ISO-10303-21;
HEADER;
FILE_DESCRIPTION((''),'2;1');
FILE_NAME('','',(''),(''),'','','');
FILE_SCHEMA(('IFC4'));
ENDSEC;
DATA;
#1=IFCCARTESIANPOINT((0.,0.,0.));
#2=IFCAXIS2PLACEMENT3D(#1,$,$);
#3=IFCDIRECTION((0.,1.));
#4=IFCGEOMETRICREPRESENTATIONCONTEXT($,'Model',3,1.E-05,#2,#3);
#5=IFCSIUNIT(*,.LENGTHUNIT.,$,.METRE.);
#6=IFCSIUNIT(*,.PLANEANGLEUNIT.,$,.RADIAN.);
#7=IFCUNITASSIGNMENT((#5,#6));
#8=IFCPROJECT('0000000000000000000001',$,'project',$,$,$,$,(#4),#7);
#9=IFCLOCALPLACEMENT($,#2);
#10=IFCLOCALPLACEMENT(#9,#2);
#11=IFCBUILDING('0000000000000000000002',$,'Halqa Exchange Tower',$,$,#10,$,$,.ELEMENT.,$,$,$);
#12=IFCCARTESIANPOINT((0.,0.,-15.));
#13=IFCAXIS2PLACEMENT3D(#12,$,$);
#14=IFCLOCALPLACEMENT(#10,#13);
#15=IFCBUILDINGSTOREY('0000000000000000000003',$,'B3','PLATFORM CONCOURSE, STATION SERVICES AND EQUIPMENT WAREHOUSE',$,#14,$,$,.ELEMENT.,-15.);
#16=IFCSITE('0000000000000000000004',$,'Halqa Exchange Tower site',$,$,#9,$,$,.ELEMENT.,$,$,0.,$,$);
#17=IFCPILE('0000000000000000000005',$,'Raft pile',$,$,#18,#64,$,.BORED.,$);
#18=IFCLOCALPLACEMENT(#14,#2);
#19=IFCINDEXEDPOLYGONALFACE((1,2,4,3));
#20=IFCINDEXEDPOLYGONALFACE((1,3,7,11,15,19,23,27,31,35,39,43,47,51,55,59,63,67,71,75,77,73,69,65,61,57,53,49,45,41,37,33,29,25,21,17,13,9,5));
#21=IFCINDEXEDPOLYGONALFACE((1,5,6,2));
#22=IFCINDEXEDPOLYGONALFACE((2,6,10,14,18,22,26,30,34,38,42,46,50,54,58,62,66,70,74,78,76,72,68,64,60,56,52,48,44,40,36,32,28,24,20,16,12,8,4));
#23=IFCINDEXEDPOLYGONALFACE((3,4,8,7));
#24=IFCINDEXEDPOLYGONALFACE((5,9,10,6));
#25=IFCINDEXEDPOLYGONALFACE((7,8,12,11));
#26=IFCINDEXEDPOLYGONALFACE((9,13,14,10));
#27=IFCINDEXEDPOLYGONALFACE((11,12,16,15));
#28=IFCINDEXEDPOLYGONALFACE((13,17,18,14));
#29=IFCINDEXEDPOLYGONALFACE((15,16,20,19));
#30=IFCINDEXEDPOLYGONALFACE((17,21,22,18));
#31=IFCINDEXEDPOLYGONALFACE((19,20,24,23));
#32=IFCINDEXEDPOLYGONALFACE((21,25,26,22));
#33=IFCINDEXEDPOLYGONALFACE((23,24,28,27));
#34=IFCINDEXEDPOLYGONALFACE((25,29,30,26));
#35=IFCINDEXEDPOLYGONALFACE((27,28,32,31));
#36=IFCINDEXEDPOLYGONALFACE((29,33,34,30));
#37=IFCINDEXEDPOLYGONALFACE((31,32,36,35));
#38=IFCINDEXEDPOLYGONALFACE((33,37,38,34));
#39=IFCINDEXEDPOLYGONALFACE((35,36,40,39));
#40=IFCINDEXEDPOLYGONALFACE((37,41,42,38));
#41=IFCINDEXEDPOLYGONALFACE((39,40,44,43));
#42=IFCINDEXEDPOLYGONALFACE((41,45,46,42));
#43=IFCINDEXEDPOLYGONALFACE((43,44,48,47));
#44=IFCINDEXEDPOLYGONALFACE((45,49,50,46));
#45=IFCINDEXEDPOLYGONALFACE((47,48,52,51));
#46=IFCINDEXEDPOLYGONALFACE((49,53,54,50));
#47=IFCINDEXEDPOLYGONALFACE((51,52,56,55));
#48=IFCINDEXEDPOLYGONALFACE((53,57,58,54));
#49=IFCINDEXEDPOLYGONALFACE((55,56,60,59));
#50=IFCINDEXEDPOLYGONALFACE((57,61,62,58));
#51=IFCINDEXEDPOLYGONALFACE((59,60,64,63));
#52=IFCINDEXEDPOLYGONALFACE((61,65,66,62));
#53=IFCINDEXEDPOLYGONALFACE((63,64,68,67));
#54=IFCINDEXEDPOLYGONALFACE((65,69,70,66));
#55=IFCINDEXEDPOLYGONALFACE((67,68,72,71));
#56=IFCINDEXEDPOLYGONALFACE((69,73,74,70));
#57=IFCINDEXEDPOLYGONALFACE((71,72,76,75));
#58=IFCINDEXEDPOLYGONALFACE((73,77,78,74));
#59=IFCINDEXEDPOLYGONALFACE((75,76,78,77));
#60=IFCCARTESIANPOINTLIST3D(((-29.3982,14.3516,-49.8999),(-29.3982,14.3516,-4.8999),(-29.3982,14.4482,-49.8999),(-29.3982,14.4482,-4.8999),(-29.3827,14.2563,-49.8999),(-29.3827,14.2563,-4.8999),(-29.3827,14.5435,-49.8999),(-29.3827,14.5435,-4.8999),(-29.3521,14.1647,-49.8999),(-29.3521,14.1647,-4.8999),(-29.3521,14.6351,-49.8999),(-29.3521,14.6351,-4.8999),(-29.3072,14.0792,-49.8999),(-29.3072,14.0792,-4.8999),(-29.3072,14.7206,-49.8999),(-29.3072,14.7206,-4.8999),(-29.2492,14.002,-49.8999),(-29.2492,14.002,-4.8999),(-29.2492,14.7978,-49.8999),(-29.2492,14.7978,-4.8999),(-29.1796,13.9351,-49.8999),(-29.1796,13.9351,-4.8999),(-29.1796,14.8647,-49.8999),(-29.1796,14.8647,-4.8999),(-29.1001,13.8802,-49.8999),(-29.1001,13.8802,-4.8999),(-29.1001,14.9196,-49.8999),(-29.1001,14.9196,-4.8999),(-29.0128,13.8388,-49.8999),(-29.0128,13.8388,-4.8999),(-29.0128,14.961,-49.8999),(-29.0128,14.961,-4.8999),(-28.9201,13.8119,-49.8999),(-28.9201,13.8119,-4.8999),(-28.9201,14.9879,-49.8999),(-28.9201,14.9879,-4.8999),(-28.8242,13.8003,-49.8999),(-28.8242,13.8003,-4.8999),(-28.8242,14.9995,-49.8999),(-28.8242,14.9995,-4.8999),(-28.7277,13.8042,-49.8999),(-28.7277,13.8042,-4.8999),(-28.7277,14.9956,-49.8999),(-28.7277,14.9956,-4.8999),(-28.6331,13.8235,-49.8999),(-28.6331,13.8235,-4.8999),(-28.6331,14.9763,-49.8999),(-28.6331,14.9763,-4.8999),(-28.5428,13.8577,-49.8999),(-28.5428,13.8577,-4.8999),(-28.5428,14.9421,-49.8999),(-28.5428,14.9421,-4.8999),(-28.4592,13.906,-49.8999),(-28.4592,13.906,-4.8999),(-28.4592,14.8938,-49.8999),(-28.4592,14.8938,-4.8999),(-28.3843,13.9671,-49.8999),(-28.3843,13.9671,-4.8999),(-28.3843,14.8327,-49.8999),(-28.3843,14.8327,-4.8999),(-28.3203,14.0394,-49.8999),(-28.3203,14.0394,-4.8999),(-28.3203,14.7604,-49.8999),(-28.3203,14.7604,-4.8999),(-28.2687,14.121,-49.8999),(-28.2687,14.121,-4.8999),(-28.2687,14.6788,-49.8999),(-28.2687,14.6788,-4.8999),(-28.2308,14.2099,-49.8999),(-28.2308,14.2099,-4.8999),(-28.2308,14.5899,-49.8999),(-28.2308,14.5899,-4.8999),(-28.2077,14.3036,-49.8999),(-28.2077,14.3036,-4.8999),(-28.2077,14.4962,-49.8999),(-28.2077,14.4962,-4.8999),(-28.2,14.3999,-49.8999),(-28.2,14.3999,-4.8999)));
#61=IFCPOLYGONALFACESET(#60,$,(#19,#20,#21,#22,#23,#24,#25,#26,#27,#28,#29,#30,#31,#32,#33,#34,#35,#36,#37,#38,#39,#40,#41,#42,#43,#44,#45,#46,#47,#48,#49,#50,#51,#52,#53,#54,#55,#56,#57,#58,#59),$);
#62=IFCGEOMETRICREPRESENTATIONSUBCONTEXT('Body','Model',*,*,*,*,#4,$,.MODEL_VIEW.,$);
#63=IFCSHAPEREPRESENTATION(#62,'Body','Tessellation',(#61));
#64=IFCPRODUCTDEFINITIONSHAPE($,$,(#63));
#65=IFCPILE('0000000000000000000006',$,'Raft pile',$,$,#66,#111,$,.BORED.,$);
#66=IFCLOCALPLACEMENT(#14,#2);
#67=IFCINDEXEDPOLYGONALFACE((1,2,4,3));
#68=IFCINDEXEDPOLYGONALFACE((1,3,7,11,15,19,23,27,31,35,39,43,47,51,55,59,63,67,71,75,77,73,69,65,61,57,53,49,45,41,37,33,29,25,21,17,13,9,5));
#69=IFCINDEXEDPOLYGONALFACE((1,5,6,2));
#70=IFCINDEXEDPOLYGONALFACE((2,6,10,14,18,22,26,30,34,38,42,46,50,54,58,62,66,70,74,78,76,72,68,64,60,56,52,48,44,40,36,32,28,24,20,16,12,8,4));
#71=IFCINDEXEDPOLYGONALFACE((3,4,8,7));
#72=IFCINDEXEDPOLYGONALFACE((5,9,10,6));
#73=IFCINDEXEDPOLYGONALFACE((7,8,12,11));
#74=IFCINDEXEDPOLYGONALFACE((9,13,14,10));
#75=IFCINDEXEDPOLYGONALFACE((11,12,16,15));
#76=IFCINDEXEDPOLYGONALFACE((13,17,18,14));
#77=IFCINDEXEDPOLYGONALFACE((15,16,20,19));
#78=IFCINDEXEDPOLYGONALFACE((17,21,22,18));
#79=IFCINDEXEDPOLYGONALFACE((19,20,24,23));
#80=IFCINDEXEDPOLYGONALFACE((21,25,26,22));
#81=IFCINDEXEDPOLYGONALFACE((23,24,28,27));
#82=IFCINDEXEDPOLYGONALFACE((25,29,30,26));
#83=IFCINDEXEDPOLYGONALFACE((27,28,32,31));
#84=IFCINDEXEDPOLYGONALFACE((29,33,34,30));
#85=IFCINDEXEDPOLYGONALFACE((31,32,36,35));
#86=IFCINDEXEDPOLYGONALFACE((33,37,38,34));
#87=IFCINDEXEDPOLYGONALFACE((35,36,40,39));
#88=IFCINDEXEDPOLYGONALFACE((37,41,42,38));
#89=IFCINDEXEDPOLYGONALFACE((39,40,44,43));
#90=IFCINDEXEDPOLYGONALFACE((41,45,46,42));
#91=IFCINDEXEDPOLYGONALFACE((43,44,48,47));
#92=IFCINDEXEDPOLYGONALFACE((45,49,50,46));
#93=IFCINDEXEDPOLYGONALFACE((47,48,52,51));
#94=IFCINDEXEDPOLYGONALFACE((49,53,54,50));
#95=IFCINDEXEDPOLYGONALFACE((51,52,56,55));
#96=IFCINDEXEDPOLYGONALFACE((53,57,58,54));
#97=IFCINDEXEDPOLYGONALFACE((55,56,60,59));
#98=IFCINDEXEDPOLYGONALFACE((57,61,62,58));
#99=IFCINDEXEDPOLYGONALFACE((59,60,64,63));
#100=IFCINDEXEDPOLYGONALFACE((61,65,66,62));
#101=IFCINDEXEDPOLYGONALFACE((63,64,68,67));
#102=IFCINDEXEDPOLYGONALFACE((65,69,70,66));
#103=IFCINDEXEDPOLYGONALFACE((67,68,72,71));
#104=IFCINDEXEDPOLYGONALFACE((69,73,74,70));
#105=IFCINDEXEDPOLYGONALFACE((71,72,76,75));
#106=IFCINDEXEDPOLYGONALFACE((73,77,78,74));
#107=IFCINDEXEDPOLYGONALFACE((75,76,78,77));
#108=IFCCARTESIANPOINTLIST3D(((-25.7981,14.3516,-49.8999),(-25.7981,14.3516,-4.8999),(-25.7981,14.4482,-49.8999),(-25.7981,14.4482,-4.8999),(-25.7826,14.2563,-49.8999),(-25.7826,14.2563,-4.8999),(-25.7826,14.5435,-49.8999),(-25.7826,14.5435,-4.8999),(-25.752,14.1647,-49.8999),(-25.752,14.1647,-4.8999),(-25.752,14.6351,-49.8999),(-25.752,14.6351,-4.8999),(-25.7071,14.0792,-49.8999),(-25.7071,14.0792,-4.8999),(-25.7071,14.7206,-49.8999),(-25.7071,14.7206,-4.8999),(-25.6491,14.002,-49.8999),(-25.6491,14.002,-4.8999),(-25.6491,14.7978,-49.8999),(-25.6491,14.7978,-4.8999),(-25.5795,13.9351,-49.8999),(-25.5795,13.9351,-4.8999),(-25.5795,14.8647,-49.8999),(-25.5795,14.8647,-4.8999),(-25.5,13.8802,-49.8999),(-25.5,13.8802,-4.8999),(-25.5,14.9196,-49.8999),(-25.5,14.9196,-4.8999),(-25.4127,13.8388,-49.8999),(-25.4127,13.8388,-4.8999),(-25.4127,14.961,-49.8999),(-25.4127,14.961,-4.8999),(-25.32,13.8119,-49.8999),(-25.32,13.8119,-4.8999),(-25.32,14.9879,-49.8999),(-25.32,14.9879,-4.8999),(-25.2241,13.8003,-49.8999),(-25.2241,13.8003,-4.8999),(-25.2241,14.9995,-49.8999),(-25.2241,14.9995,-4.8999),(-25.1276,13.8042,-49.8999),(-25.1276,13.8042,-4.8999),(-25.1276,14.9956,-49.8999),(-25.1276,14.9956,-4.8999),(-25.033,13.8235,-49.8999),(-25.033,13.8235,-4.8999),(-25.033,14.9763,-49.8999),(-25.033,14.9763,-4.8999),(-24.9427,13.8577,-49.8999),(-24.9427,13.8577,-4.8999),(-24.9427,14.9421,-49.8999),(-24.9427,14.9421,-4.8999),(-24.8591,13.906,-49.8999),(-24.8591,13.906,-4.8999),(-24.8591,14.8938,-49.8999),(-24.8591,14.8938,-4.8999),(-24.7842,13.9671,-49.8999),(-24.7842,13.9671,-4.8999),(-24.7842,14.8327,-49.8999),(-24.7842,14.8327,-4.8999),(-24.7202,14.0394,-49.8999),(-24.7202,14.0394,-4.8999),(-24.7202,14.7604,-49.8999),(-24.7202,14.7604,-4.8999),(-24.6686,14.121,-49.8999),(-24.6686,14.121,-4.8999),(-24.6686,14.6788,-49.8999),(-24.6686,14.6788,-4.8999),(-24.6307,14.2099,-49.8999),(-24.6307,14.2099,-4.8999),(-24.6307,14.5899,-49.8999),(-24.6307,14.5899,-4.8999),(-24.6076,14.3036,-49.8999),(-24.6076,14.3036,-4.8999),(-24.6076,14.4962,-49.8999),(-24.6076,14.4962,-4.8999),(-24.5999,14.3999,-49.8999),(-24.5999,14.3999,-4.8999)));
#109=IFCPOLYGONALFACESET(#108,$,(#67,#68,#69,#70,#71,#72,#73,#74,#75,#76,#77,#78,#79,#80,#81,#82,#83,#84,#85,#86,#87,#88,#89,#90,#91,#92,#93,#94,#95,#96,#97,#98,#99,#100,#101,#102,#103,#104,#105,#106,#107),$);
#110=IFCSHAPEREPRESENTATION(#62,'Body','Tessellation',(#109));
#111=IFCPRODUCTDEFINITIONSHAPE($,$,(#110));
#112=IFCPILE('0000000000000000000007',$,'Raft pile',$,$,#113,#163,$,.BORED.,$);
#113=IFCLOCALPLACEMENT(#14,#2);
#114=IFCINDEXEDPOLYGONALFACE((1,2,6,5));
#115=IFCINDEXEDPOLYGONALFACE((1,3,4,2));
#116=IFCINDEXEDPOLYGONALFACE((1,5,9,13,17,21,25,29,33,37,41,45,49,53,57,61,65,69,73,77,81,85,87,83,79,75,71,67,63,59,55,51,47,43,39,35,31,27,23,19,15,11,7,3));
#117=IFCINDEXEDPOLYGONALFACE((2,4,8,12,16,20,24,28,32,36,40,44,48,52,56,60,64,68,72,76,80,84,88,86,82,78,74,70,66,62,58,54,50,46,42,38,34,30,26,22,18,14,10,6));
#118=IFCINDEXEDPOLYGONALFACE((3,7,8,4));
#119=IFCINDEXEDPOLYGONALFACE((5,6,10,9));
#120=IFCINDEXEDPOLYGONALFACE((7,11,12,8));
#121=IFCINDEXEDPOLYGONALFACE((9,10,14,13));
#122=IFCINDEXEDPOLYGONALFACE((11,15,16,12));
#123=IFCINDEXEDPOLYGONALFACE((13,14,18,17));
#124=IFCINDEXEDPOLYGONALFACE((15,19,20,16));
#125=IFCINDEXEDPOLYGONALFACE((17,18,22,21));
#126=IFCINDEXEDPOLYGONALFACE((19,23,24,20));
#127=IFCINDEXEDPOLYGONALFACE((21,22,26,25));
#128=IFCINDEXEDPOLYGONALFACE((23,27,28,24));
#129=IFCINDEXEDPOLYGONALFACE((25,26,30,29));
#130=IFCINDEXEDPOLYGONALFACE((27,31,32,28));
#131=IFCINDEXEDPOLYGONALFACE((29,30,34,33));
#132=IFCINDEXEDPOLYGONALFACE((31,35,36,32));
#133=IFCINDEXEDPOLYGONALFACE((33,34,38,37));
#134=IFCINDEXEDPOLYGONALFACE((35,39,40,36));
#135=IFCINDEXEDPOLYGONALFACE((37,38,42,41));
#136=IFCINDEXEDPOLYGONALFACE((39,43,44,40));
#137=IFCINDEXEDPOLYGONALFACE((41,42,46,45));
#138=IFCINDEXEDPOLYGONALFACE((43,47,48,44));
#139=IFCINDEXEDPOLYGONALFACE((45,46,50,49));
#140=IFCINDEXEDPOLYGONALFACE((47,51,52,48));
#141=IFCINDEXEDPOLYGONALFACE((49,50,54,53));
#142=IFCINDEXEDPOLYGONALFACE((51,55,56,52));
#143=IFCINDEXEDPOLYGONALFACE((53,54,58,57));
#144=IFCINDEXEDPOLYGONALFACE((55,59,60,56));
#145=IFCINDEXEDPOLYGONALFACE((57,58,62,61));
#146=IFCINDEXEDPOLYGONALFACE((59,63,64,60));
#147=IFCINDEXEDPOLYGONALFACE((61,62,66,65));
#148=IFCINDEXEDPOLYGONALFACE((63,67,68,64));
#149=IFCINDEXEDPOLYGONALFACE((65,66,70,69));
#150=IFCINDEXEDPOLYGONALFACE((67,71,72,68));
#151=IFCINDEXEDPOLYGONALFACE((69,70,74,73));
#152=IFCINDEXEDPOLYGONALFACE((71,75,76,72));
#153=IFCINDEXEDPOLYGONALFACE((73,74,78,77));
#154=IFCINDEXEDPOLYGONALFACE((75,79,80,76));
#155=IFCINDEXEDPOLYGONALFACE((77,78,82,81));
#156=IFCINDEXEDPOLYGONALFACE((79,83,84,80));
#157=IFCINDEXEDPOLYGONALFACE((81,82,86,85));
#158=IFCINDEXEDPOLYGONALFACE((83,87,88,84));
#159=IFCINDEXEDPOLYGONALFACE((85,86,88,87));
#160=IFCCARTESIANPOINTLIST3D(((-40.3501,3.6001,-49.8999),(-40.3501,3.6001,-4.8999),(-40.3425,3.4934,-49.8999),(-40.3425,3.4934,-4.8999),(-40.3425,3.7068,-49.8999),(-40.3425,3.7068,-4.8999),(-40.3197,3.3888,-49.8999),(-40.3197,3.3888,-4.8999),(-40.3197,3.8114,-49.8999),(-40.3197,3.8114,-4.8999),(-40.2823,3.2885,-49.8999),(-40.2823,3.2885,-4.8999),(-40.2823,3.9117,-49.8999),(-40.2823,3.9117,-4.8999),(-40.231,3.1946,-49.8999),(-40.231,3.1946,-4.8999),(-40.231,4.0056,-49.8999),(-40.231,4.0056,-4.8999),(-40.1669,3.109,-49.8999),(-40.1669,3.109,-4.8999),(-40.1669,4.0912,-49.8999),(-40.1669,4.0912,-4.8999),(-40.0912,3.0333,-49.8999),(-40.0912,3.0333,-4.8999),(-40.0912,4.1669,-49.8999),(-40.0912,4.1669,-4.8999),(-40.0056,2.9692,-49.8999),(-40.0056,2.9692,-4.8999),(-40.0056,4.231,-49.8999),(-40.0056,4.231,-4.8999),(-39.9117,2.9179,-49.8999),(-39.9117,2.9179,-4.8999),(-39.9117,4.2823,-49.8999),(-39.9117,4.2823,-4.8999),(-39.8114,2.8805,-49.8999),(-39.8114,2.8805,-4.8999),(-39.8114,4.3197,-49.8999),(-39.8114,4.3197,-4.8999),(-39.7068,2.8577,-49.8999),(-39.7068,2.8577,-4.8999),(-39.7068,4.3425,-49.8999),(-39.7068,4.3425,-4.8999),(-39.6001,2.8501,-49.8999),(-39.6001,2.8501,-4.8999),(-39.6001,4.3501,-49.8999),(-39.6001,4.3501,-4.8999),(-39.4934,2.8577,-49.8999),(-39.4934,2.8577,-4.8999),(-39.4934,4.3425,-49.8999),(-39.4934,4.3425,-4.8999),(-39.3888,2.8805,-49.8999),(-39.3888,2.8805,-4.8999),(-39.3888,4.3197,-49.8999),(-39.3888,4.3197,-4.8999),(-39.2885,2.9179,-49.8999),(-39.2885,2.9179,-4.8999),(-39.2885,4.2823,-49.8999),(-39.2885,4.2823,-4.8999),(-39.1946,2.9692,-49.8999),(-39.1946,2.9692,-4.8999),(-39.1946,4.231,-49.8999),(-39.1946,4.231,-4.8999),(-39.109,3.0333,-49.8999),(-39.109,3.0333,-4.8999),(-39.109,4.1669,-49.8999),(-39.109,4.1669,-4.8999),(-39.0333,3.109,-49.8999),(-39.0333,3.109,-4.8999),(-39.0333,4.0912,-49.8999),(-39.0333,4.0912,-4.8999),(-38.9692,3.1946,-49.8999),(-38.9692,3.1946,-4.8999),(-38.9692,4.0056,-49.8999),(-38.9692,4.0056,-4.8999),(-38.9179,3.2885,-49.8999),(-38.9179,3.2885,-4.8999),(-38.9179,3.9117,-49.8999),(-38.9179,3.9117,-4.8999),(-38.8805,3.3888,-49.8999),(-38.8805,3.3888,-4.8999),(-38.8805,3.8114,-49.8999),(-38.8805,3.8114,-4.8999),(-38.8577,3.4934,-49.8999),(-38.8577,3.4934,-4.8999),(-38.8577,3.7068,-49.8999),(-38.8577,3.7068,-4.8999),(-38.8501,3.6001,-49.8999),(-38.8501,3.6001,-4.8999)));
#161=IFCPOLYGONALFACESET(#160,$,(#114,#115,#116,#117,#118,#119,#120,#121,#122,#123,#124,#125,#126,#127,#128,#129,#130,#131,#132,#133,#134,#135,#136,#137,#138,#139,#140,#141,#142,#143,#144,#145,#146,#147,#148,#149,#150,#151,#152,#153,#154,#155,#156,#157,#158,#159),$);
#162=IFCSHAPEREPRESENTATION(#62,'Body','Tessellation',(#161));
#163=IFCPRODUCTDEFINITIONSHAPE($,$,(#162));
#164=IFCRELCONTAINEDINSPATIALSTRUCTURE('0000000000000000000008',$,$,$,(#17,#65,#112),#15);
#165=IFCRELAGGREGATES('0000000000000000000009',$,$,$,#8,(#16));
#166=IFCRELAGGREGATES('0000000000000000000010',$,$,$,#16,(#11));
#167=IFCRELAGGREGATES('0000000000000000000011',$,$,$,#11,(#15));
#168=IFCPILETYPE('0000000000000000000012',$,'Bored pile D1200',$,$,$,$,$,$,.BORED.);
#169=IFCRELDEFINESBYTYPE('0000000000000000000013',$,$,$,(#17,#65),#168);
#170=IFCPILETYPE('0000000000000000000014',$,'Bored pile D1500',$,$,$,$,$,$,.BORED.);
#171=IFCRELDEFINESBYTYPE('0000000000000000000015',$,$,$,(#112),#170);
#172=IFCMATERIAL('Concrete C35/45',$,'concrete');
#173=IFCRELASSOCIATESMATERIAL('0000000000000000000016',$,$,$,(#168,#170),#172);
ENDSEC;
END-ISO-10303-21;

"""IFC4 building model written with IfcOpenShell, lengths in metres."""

from ifc_helpers import new_model, si_unit, direction, frame, origin, origin_2d, place, context, subcontext, project, spatial, circle, extrude, material, material_profile, profile_set, type_object, element, save


model = new_model("IFC4")

# Units and contexts
model_context = context("Model", 3, precision=1e-05, world=origin(), true_north=direction((0.0, 1.0)))
body_context = subcontext(model_context, "Body", "Model", "MODEL_VIEW")
ifc_project = project(units=[si_unit("LENGTHUNIT", "METRE"), si_unit("PLANEANGLEUNIT", "RADIAN")], contexts=[model_context])

# Site, building, storey
site_placement = place(None, origin())
site = spatial("IfcSite", under=ifc_project, at=site_placement, Name="Halqa Exchange Tower site", CompositionType="ELEMENT", RefElevation=0.0)
building_placement = place(site_placement, origin())
building = spatial("IfcBuilding", under=site, at=building_placement, Name="Halqa Exchange Tower", CompositionType="ELEMENT")
storey_placement = place(building_placement, frame((0.0, 0.0, -15.0)))
storey = spatial("IfcBuildingStorey", under=building, at=storey_placement, Name="B3", Description="PLATFORM CONCOURSE, STATION SERVICES AND EQUIPMENT WAREHOUSE", CompositionType="ELEMENT", Elevation=-15.0)

# Piles
ifc_material_1 = material(Name="Concrete C35/45", Category="concrete")
ifc_material_profile_1 = material_profile(ifc_material_1, circle(Radius=0.6001, at=origin_2d()), Name="D1200")
ifc_profile_set_1 = profile_set([ifc_material_profile_1], Name="Concrete C35/45")
pile_type_1 = type_object("IfcPileType", Name="Bored pile D1200", PredefinedType="BORED", material=ifc_profile_set_1)
for number, where, z_axis, x_axis, name in (
    (1, (-28.8, 14.3999, -4.8999), (0.0, 0.0, -1.0), (1.0, 0.0, 0.0), "Raft pile"),
    (2, (-25.2, 14.3999, -4.8999), (0.0, 0.0, -1.0), (1.0, 0.0, 0.0), "Raft pile"),
):
    element("IfcPile", number, at=place(storey_placement, frame(where, z_axis=z_axis, x_axis=x_axis)), inside=storey, type_object=pile_type_1, Name=name, PredefinedType="BORED", context=body_context, shape_type="SweptSolid", body=[
        extrude(circle(Radius=0.6001, at=origin_2d()), origin(), (0.0, 0.0, 1.0), 45.0),
    ])
ifc_material_profile_2 = material_profile(ifc_material_1, circle(Radius=0.75, at=origin_2d()), Name="D1500")
ifc_profile_set_2 = profile_set([ifc_material_profile_2], Name="Concrete C35/45")
pile_type_2 = type_object("IfcPileType", Name="Bored pile D1500", PredefinedType="BORED", material=ifc_profile_set_2)
for number, where, z_axis, x_axis, name in (
    (3, (-39.6001, 3.6001, -4.8999), (0.0, 0.0, -1.0), (1.0, 0.0, 0.0), "Raft pile"),
):
    element("IfcPile", number, at=place(storey_placement, frame(where, z_axis=z_axis, x_axis=x_axis)), inside=storey, type_object=pile_type_2, Name=name, PredefinedType="BORED", context=body_context, shape_type="SweptSolid", body=[
        extrude(circle(Radius=0.75, at=origin_2d()), origin(), (0.0, 0.0, 1.0), 45.0),
    ])

save(model, "model.ifc")
